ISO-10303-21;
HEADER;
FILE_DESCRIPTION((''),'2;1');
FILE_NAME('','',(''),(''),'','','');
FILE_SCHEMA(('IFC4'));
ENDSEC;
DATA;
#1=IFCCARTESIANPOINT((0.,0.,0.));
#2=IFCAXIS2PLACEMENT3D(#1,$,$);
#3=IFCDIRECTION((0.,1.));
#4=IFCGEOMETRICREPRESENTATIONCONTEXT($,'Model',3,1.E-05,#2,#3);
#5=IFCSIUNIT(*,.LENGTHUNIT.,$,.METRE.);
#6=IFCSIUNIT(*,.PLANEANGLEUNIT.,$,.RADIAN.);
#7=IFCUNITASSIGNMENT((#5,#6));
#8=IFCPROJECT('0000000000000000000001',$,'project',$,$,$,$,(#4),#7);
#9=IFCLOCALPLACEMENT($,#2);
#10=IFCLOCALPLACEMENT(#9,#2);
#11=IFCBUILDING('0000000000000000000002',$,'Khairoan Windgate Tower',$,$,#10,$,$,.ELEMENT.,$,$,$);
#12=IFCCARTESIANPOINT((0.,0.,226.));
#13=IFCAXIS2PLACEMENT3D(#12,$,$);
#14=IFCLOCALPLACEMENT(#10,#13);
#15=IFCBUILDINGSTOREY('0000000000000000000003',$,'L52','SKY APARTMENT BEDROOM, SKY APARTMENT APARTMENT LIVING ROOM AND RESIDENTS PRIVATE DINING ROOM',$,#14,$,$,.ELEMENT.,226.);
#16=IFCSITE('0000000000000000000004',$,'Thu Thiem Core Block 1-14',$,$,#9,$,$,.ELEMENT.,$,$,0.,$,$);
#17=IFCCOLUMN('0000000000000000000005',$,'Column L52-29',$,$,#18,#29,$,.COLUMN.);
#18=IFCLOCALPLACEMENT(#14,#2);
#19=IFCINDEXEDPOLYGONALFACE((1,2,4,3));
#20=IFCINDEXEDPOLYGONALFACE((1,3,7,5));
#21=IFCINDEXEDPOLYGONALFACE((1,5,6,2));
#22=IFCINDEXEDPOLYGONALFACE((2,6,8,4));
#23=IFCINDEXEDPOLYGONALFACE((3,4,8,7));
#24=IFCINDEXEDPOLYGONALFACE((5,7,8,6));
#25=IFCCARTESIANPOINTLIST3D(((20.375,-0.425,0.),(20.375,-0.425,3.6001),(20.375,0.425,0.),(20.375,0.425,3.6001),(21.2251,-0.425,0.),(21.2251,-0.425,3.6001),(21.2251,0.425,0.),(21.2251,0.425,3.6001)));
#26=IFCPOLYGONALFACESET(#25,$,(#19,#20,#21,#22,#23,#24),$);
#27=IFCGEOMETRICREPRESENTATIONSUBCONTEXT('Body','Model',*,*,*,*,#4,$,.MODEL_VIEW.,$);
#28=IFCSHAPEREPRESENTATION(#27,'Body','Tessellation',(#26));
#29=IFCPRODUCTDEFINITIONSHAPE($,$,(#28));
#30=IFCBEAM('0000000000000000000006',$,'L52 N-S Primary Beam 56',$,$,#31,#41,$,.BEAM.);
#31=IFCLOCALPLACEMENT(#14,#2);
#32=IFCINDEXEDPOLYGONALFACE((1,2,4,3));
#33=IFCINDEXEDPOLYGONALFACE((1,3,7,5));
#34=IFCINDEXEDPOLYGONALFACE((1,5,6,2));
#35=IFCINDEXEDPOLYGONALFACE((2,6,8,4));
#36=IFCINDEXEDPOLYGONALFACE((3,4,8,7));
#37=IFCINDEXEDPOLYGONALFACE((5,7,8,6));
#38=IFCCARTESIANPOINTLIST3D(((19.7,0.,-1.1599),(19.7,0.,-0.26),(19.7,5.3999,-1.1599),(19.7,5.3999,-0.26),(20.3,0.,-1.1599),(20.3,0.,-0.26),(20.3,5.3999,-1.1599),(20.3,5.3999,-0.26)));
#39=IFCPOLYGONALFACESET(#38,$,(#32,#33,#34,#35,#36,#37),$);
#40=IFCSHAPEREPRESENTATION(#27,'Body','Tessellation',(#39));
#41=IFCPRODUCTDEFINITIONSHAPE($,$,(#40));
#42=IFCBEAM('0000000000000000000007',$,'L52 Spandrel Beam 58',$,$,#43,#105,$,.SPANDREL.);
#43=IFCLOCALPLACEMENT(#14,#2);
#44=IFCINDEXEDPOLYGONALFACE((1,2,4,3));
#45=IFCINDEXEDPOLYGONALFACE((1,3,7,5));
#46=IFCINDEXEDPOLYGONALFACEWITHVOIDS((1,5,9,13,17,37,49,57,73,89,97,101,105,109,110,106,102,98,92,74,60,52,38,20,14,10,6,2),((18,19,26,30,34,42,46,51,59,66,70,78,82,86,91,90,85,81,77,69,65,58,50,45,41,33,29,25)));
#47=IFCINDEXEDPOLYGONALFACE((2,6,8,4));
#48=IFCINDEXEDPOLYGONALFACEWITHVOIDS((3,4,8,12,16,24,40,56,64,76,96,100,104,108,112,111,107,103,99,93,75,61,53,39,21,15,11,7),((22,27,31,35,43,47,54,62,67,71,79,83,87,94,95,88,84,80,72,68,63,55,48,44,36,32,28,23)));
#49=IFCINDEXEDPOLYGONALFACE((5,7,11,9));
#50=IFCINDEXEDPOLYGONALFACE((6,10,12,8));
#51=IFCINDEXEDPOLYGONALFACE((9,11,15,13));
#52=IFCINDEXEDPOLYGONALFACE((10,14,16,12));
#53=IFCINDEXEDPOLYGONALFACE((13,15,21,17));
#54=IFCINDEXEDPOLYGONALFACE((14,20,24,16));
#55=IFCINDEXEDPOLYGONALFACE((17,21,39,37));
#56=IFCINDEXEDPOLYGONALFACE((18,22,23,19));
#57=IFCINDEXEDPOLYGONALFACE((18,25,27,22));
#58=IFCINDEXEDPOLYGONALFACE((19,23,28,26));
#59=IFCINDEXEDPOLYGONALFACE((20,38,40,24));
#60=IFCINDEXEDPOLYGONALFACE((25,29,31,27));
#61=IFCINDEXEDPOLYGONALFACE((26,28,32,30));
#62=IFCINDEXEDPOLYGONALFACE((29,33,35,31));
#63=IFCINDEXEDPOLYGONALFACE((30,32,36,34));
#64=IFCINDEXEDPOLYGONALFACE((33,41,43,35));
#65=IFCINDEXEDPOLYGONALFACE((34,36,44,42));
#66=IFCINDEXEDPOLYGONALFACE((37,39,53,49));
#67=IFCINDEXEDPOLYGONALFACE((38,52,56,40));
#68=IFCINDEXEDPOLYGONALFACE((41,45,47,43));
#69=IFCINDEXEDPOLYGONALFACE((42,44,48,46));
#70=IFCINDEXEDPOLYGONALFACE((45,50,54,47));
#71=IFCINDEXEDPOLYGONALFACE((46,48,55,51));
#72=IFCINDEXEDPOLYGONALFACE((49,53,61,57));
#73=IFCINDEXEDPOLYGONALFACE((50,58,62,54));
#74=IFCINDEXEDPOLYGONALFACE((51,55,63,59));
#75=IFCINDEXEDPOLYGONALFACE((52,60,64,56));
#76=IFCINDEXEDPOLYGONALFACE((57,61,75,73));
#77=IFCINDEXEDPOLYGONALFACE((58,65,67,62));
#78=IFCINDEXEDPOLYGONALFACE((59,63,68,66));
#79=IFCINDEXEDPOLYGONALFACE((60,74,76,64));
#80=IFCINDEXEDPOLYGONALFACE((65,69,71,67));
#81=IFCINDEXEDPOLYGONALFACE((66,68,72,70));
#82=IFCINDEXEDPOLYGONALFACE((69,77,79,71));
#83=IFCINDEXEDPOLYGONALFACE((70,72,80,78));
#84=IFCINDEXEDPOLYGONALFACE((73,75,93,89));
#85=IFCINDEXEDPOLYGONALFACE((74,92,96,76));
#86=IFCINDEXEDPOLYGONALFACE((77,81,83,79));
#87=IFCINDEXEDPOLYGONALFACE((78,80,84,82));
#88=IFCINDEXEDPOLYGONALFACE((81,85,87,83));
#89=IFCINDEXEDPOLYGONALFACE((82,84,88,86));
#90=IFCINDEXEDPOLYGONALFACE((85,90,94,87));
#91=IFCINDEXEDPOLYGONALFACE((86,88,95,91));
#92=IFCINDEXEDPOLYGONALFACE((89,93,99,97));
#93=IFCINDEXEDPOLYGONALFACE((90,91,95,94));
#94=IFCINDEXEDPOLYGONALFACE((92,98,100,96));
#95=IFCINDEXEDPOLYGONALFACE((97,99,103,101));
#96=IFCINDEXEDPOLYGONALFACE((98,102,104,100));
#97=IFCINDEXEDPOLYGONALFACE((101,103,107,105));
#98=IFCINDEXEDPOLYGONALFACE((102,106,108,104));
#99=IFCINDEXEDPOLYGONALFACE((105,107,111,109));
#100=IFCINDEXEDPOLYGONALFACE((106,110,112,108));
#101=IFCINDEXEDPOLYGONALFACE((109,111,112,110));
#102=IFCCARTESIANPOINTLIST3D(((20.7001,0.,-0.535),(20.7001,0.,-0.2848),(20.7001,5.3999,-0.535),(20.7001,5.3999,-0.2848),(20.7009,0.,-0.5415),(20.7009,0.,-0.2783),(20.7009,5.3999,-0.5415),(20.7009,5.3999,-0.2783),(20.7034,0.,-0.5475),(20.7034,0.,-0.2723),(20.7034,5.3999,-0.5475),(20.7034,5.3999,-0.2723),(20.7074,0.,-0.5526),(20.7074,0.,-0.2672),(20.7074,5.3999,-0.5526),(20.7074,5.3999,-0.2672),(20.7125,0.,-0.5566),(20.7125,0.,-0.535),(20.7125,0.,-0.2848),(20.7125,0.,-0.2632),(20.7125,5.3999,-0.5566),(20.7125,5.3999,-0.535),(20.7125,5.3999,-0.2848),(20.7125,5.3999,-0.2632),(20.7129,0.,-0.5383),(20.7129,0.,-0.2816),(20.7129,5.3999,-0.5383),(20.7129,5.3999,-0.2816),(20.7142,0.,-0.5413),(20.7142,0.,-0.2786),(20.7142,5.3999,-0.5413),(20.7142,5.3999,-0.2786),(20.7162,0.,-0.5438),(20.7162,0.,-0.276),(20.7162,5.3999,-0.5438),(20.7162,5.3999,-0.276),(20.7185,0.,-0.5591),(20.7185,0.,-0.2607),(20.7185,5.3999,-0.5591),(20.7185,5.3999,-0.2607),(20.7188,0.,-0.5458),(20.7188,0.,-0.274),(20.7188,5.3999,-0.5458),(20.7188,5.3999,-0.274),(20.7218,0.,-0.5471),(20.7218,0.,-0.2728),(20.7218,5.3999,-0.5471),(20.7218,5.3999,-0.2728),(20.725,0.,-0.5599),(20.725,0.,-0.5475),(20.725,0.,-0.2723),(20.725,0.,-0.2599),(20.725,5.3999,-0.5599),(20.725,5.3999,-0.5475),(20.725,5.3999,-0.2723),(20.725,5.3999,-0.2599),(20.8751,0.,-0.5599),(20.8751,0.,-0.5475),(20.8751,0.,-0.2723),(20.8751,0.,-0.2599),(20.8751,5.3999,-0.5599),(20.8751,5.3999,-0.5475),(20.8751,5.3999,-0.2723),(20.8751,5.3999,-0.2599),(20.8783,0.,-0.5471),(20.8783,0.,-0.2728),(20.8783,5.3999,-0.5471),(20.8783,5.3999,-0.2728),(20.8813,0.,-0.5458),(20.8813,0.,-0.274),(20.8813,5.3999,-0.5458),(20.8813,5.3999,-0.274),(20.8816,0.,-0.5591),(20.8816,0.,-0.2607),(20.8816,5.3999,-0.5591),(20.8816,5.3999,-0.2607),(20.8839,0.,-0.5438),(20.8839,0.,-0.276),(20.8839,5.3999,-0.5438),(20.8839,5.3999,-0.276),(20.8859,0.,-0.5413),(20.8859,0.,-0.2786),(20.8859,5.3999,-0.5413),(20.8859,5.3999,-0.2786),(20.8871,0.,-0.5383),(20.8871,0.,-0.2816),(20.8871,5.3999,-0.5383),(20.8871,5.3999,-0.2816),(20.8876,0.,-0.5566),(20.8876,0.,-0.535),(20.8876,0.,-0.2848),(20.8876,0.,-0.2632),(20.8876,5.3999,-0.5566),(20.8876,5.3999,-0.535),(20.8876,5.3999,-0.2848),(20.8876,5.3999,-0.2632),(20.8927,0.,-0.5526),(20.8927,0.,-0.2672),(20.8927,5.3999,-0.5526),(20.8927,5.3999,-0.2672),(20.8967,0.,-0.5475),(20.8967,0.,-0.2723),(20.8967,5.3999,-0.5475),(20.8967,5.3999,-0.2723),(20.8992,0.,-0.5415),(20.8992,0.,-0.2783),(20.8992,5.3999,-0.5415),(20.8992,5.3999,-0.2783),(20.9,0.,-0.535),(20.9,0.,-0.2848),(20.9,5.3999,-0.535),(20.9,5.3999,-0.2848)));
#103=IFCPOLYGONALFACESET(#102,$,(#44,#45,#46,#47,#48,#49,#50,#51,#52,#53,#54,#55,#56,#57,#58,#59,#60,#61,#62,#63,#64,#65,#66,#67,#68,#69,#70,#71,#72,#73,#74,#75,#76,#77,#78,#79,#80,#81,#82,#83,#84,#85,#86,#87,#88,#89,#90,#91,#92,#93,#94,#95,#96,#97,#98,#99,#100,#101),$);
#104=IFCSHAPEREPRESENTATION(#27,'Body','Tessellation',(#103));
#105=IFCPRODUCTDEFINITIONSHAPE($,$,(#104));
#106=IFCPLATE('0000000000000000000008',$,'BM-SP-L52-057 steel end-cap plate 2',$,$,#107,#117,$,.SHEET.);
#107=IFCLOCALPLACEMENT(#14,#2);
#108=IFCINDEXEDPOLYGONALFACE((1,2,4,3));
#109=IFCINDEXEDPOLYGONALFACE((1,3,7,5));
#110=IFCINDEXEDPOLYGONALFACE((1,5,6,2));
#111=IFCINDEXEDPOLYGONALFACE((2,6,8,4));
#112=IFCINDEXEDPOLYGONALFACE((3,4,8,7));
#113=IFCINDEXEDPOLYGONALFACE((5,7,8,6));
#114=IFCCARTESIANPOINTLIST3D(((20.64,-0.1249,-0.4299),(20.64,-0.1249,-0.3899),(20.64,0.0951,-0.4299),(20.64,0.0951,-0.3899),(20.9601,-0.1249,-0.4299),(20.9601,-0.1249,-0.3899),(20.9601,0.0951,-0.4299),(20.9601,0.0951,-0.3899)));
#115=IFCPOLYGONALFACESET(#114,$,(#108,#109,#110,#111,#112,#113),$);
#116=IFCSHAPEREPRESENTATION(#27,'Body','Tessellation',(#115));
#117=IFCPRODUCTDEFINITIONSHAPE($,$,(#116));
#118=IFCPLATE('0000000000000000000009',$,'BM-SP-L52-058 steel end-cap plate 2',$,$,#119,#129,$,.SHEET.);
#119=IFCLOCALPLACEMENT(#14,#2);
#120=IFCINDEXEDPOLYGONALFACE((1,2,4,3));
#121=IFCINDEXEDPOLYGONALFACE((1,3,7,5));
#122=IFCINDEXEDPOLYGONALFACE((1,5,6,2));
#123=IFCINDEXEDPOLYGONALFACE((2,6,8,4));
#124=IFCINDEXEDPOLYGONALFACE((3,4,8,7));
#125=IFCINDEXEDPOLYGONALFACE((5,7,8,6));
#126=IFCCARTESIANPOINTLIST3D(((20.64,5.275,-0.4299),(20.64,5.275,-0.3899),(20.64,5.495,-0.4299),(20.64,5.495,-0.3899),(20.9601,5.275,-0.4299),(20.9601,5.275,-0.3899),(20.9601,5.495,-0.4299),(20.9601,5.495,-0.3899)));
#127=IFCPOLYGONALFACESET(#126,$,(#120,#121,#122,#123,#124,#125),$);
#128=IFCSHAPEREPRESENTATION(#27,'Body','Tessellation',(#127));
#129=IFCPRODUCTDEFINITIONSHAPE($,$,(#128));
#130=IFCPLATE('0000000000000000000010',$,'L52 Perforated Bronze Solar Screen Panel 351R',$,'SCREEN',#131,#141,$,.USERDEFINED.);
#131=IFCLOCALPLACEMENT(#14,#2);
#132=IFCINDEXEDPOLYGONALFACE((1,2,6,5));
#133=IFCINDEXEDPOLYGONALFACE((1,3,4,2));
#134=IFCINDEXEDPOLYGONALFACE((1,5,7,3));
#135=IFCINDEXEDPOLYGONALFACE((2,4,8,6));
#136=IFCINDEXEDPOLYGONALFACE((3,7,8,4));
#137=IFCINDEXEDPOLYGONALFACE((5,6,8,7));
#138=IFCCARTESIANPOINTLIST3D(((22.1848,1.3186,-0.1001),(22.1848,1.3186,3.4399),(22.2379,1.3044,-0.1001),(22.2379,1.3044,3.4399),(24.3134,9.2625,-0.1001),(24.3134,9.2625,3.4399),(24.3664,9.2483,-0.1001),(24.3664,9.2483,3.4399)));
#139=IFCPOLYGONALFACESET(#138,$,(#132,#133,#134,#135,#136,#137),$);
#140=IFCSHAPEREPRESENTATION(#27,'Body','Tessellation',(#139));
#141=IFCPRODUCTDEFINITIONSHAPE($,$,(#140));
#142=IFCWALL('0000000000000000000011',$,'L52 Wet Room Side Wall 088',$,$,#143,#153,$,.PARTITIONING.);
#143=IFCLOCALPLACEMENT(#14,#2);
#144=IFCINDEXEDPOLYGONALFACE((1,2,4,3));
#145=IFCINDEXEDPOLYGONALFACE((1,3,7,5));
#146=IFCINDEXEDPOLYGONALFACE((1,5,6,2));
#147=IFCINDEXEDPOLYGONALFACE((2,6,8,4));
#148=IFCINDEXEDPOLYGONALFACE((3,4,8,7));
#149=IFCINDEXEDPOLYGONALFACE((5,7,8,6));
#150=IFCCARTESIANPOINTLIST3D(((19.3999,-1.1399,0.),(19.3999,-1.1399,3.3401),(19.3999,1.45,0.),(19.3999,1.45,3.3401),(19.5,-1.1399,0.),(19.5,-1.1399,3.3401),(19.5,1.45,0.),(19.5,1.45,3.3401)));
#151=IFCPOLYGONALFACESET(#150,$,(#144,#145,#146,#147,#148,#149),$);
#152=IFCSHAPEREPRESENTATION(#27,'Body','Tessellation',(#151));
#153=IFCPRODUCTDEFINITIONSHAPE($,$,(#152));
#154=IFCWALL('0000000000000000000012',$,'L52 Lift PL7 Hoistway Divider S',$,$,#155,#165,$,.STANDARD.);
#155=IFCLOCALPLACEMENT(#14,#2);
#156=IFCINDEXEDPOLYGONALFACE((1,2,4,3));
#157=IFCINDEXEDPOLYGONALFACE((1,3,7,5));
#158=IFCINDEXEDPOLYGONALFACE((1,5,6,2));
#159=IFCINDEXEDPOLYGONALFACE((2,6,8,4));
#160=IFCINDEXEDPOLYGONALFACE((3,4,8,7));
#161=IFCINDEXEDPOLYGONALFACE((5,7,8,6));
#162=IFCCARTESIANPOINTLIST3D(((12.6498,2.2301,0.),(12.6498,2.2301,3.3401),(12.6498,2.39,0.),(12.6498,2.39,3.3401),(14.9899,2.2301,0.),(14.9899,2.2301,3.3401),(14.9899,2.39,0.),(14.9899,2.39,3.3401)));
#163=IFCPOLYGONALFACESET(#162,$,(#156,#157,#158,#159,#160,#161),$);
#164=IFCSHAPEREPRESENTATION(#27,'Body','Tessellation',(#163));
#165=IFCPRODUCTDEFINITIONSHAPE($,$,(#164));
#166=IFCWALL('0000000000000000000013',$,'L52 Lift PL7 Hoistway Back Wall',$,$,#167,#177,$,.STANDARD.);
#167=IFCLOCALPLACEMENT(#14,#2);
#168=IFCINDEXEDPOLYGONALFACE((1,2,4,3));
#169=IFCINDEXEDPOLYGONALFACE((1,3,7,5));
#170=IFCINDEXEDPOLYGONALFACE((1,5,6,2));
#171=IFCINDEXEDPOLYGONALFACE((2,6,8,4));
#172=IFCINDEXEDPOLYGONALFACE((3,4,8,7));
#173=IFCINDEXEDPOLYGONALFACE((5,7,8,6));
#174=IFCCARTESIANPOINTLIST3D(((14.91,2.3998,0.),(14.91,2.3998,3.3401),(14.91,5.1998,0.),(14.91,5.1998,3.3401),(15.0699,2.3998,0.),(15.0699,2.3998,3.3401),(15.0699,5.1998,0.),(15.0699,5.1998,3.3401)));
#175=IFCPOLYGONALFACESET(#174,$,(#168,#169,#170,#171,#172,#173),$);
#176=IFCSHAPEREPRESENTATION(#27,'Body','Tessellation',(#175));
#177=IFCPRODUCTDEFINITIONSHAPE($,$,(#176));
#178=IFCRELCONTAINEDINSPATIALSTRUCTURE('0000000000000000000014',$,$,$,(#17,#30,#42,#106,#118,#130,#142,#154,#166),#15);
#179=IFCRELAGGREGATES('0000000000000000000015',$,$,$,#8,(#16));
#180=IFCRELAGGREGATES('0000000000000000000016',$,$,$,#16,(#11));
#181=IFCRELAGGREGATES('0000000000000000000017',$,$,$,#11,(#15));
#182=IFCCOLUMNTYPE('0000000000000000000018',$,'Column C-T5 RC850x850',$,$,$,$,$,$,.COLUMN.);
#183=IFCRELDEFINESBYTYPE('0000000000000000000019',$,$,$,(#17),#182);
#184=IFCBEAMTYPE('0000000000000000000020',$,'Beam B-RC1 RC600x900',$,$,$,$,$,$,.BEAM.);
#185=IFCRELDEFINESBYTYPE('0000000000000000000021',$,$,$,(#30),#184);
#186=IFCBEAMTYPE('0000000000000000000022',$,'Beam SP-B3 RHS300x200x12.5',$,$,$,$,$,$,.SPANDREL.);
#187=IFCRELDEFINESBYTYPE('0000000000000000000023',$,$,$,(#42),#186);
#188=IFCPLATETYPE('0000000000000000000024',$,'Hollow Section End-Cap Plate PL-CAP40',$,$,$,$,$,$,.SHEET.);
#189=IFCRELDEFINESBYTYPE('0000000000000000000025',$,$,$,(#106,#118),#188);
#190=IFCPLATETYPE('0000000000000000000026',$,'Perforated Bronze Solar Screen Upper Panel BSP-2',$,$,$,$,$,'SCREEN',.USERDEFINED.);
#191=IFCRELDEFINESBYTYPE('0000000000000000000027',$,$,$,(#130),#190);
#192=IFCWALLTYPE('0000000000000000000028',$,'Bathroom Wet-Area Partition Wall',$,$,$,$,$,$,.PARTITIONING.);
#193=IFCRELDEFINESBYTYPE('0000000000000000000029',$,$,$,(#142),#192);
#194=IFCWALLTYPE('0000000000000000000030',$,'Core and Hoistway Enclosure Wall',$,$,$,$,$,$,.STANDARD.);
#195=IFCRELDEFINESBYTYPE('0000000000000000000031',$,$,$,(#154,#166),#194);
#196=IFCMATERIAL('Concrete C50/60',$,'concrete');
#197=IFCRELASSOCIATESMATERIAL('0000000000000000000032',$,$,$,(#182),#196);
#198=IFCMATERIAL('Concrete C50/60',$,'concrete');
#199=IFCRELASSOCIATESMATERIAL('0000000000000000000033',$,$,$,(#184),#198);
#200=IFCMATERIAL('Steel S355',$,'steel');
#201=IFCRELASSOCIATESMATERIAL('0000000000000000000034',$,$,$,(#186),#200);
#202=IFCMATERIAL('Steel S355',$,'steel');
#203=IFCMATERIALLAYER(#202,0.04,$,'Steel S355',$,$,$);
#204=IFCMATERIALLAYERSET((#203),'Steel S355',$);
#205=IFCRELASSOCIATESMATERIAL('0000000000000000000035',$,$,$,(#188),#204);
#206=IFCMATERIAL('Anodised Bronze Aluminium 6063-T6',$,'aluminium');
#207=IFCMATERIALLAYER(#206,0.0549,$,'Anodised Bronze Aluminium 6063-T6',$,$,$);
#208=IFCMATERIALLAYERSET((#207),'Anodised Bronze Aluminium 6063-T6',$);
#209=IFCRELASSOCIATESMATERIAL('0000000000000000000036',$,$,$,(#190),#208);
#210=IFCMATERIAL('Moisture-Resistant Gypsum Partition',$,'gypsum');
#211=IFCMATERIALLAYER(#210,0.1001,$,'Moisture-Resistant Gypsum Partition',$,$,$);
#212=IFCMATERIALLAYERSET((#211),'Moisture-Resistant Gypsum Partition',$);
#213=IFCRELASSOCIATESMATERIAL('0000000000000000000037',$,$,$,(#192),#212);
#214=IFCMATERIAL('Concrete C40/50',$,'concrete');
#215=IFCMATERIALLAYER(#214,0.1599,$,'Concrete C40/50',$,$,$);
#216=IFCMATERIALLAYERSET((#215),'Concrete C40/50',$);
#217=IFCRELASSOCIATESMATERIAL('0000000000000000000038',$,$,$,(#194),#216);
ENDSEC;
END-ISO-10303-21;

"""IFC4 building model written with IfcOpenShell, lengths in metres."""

from ifc_helpers import new_model, si_unit, direction, frame, frame_2d, origin, origin_2d, place, context, subcontext, project, spatial, rectangle, hollow_rectangle, extrude, material, layer, layer_set, material_profile, profile_set, type_object, element, save


model = new_model("IFC4")

# Units and contexts
model_context = context("Model", 3, precision=1e-05, world=origin(), true_north=direction((0.0, 1.0)))
body_context = subcontext(model_context, "Body", "Model", "MODEL_VIEW")
ifc_project = project(units=[si_unit("LENGTHUNIT", "METRE"), si_unit("PLANEANGLEUNIT", "RADIAN")], contexts=[model_context])

# Site, building, storey
site_placement = place(None, origin())
site = spatial("IfcSite", under=ifc_project, at=site_placement, Name="Thu Thiem Core Block 1-14", CompositionType="ELEMENT", RefElevation=0.0)
building_placement = place(site_placement, origin())
building = spatial("IfcBuilding", under=site, at=building_placement, Name="Khairoan Windgate Tower", CompositionType="ELEMENT")
storey_placement = place(building_placement, frame((0.0, 0.0, 226.0)))
storey = spatial("IfcBuildingStorey", under=building, at=storey_placement, Name="L52", Description="SKY APARTMENT BEDROOM, SKY APARTMENT APARTMENT LIVING ROOM AND RESIDENTS PRIVATE DINING ROOM", CompositionType="ELEMENT", Elevation=226.0)

# Column
ifc_material_1 = material(Name="Concrete C50/60", Category="concrete")
ifc_material_profile_1 = material_profile(ifc_material_1, rectangle(XDim=0.8501, YDim=0.8501, at=origin_2d()))
ifc_profile_set_1 = profile_set([ifc_material_profile_1], Name="Concrete C50/60")
column_type = type_object("IfcColumnType", Name="Column C-T5 RC850x850", PredefinedType="COLUMN", material=ifc_profile_set_1)
column_placement = place(storey_placement, frame((20.8, 0.0, 0.0), z_axis=(0.0, 0.0, 1.0), x_axis=(1.0, 0.0, 0.0)))
element("IfcColumn", 1, at=column_placement, inside=storey, type_object=column_type, Name="Column L52-29", PredefinedType="COLUMN", context=body_context, shape_type="SweptSolid", body=[
    extrude(rectangle(XDim=0.8501, YDim=0.8501, at=origin_2d()), origin(), (0.0, 0.0, 1.0), 3.6001),
])

# Beams
ifc_material_2 = material(Name="Concrete C50/60", Category="concrete")
ifc_material_profile_2 = material_profile(ifc_material_2, rectangle(XDim=0.6001, YDim=0.8999, at=origin_2d()))
ifc_profile_set_2 = profile_set([ifc_material_profile_2], Name="Concrete C50/60")
beam_type_1 = type_object("IfcBeamType", Name="Beam B-RC1 RC600x900", PredefinedType="BEAM", material=ifc_profile_set_2)
beam_1_placement = place(storey_placement, frame((20.0, 0.0, -0.71), z_axis=(0.0, 1.0, 0.0), x_axis=(-1.0, 0.0, 0.0)))
element("IfcBeam", 2, at=beam_1_placement, inside=storey, type_object=beam_type_1, Name="L52 N-S Primary Beam 56", PredefinedType="BEAM", context=body_context, shape_type="SweptSolid", body=[
    extrude(rectangle(XDim=0.6001, YDim=0.8999, at=origin_2d()), origin(), (0.0, 0.0, 1.0), 5.3999),
])
ifc_material_3 = material(Name="Steel S355", Category="steel")
ifc_material_profile_3 = material_profile(ifc_material_3, hollow_rectangle(XDim=0.2, YDim=0.3, WallThickness=0.0125, InnerFilletRadius=0.0125, OuterFilletRadius=0.0249, at=origin_2d()))
ifc_profile_set_3 = profile_set([ifc_material_profile_3], Name="Steel S355")
beam_type_2 = type_object("IfcBeamType", Name="Beam SP-B3 RHS300x200x12.5", PredefinedType="SPANDREL", material=ifc_profile_set_3)
beam_2_placement = place(storey_placement, frame((20.8, 0.0, -0.4099), z_axis=(0.0, 1.0, 0.0), x_axis=(-1.0, 0.0, 0.0)))
element("IfcBeam", 3, at=beam_2_placement, inside=storey, type_object=beam_type_2, Name="L52 Spandrel Beam 58", PredefinedType="SPANDREL", context=body_context, shape_type="SweptSolid", body=[
    extrude(hollow_rectangle(XDim=0.2, YDim=0.3, WallThickness=0.0125, InnerFilletRadius=0.0125, OuterFilletRadius=0.0249, at=origin_2d()), origin(), (0.0, 0.0, 1.0), 5.3999),
])

# Plates
ifc_material_4 = material(Name="Steel S355", Category="steel")
ifc_layer_1 = layer(ifc_material_4, 0.04, Name="Steel S355")
ifc_layer_set_1 = layer_set([ifc_layer_1], Name="Steel S355")
plate_type_1 = type_object("IfcPlateType", Name="Hollow Section End-Cap Plate PL-CAP40", PredefinedType="SHEET", material=ifc_layer_set_1)
for number, where, z_axis, x_axis, name in (
    (4, (20.8, -0.0149, -0.4299), (0.0, 0.0, 1.0), (0.0, 1.0, 0.0), "BM-SP-L52-057 steel end-cap plate 2"),
    (5, (20.8, 5.385, -0.4299), (0.0, 0.0, 1.0), (0.0, 1.0, 0.0), "BM-SP-L52-058 steel end-cap plate 2"),
):
    element("IfcPlate", number, at=place(storey_placement, frame(where, z_axis=z_axis, x_axis=x_axis)), inside=storey, type_object=plate_type_1, Name=name, PredefinedType="SHEET", context=body_context, shape_type="SweptSolid", body=[
        extrude(rectangle(XDim=0.22, YDim=0.3201, at=origin_2d()), origin(), (0.0, 0.0, 1.0), 0.04),
    ])
ifc_material_5 = material(Name="Anodised Bronze Aluminium 6063-T6", Category="aluminium")
ifc_layer_2 = layer(ifc_material_5, 0.0549, Name="Anodised Bronze Aluminium 6063-T6")
ifc_layer_set_2 = layer_set([ifc_layer_2], Name="Anodised Bronze Aluminium 6063-T6")
plate_type_2 = type_object("IfcPlateType", Name="Perforated Bronze Solar Screen Upper Panel BSP-2", ElementType="SCREEN", PredefinedType="USERDEFINED", material=ifc_layer_set_2)
plate_placement = place(storey_placement, frame((23.2756, 5.2834, -0.1001), z_axis=(0.0, 0.0, 1.0), x_axis=(-0.258819, -0.965926, 0.0)))
element("IfcPlate", 6, at=plate_placement, inside=storey, type_object=plate_type_2, Name="L52 Perforated Bronze Solar Screen Panel 351R", ObjectType="SCREEN", PredefinedType="USERDEFINED", context=body_context, shape_type="SweptSolid", body=[
    extrude(rectangle(XDim=8.2241, YDim=0.0549, at=origin_2d()), origin(), (0.0, 0.0, 1.0), 3.54),
])

# Walls
ifc_material_6 = material(Name="Moisture-Resistant Gypsum Partition", Category="gypsum")
ifc_layer_3 = layer(ifc_material_6, 0.1001, Name="Moisture-Resistant Gypsum Partition")
ifc_layer_set_3 = layer_set([ifc_layer_3], Name="Moisture-Resistant Gypsum Partition")
wall_type_1 = type_object("IfcWallType", Name="Bathroom Wet-Area Partition Wall", PredefinedType="PARTITIONING", material=ifc_layer_set_3)
wall_1_placement = place(storey_placement, frame((19.45, 1.45, 0.0), z_axis=(0.0, 0.0, 1.0), x_axis=(0.0, -1.0, 0.0)))
element("IfcWall", 7, at=wall_1_placement, inside=storey, type_object=wall_type_1, Name="L52 Wet Room Side Wall 088", PredefinedType="PARTITIONING", context=body_context, shape_type="SweptSolid", body=[
    extrude(rectangle(XDim=2.5898, YDim=0.1001, at=frame_2d((1.2949, 0.0))), origin(), (0.0, 0.0, 1.0), 3.3401),
])
ifc_material_7 = material(Name="Concrete C40/50", Category="concrete")
ifc_layer_4 = layer(ifc_material_7, 0.1599, Name="Concrete C40/50")
ifc_layer_set_4 = layer_set([ifc_layer_4], Name="Concrete C40/50")
wall_type_2 = type_object("IfcWallType", Name="Core and Hoistway Enclosure Wall", PredefinedType="STANDARD", material=ifc_layer_set_4)
wall_2_placement = place(storey_placement, frame((12.6499, 2.3101, 0.0), z_axis=(0.0, 0.0, 1.0), x_axis=(1.0, 0.0, 0.0)))
element("IfcWall", 8, at=wall_2_placement, inside=storey, type_object=wall_type_2, Name="L52 Lift PL7 Hoistway Divider S", PredefinedType="STANDARD", context=body_context, shape_type="SweptSolid", body=[
    extrude(rectangle(XDim=2.3401, YDim=0.1599, at=frame_2d((1.1699, 0.0))), origin(), (0.0, 0.0, 1.0), 3.3401),
])
wall_3_placement = place(storey_placement, frame((14.99, 2.3999, 0.0), z_axis=(0.0, 0.0, 1.0), x_axis=(0.0, 1.0, 0.0)))
element("IfcWall", 9, at=wall_3_placement, inside=storey, type_object=wall_type_2, Name="L52 Lift PL7 Hoistway Back Wall", PredefinedType="STANDARD", context=body_context, shape_type="SweptSolid", body=[
    extrude(rectangle(XDim=2.8, YDim=0.1599, at=frame_2d((1.3999, 0.0))), origin(), (0.0, 0.0, 1.0), 3.3401),
])

save(model, "model.ifc")
